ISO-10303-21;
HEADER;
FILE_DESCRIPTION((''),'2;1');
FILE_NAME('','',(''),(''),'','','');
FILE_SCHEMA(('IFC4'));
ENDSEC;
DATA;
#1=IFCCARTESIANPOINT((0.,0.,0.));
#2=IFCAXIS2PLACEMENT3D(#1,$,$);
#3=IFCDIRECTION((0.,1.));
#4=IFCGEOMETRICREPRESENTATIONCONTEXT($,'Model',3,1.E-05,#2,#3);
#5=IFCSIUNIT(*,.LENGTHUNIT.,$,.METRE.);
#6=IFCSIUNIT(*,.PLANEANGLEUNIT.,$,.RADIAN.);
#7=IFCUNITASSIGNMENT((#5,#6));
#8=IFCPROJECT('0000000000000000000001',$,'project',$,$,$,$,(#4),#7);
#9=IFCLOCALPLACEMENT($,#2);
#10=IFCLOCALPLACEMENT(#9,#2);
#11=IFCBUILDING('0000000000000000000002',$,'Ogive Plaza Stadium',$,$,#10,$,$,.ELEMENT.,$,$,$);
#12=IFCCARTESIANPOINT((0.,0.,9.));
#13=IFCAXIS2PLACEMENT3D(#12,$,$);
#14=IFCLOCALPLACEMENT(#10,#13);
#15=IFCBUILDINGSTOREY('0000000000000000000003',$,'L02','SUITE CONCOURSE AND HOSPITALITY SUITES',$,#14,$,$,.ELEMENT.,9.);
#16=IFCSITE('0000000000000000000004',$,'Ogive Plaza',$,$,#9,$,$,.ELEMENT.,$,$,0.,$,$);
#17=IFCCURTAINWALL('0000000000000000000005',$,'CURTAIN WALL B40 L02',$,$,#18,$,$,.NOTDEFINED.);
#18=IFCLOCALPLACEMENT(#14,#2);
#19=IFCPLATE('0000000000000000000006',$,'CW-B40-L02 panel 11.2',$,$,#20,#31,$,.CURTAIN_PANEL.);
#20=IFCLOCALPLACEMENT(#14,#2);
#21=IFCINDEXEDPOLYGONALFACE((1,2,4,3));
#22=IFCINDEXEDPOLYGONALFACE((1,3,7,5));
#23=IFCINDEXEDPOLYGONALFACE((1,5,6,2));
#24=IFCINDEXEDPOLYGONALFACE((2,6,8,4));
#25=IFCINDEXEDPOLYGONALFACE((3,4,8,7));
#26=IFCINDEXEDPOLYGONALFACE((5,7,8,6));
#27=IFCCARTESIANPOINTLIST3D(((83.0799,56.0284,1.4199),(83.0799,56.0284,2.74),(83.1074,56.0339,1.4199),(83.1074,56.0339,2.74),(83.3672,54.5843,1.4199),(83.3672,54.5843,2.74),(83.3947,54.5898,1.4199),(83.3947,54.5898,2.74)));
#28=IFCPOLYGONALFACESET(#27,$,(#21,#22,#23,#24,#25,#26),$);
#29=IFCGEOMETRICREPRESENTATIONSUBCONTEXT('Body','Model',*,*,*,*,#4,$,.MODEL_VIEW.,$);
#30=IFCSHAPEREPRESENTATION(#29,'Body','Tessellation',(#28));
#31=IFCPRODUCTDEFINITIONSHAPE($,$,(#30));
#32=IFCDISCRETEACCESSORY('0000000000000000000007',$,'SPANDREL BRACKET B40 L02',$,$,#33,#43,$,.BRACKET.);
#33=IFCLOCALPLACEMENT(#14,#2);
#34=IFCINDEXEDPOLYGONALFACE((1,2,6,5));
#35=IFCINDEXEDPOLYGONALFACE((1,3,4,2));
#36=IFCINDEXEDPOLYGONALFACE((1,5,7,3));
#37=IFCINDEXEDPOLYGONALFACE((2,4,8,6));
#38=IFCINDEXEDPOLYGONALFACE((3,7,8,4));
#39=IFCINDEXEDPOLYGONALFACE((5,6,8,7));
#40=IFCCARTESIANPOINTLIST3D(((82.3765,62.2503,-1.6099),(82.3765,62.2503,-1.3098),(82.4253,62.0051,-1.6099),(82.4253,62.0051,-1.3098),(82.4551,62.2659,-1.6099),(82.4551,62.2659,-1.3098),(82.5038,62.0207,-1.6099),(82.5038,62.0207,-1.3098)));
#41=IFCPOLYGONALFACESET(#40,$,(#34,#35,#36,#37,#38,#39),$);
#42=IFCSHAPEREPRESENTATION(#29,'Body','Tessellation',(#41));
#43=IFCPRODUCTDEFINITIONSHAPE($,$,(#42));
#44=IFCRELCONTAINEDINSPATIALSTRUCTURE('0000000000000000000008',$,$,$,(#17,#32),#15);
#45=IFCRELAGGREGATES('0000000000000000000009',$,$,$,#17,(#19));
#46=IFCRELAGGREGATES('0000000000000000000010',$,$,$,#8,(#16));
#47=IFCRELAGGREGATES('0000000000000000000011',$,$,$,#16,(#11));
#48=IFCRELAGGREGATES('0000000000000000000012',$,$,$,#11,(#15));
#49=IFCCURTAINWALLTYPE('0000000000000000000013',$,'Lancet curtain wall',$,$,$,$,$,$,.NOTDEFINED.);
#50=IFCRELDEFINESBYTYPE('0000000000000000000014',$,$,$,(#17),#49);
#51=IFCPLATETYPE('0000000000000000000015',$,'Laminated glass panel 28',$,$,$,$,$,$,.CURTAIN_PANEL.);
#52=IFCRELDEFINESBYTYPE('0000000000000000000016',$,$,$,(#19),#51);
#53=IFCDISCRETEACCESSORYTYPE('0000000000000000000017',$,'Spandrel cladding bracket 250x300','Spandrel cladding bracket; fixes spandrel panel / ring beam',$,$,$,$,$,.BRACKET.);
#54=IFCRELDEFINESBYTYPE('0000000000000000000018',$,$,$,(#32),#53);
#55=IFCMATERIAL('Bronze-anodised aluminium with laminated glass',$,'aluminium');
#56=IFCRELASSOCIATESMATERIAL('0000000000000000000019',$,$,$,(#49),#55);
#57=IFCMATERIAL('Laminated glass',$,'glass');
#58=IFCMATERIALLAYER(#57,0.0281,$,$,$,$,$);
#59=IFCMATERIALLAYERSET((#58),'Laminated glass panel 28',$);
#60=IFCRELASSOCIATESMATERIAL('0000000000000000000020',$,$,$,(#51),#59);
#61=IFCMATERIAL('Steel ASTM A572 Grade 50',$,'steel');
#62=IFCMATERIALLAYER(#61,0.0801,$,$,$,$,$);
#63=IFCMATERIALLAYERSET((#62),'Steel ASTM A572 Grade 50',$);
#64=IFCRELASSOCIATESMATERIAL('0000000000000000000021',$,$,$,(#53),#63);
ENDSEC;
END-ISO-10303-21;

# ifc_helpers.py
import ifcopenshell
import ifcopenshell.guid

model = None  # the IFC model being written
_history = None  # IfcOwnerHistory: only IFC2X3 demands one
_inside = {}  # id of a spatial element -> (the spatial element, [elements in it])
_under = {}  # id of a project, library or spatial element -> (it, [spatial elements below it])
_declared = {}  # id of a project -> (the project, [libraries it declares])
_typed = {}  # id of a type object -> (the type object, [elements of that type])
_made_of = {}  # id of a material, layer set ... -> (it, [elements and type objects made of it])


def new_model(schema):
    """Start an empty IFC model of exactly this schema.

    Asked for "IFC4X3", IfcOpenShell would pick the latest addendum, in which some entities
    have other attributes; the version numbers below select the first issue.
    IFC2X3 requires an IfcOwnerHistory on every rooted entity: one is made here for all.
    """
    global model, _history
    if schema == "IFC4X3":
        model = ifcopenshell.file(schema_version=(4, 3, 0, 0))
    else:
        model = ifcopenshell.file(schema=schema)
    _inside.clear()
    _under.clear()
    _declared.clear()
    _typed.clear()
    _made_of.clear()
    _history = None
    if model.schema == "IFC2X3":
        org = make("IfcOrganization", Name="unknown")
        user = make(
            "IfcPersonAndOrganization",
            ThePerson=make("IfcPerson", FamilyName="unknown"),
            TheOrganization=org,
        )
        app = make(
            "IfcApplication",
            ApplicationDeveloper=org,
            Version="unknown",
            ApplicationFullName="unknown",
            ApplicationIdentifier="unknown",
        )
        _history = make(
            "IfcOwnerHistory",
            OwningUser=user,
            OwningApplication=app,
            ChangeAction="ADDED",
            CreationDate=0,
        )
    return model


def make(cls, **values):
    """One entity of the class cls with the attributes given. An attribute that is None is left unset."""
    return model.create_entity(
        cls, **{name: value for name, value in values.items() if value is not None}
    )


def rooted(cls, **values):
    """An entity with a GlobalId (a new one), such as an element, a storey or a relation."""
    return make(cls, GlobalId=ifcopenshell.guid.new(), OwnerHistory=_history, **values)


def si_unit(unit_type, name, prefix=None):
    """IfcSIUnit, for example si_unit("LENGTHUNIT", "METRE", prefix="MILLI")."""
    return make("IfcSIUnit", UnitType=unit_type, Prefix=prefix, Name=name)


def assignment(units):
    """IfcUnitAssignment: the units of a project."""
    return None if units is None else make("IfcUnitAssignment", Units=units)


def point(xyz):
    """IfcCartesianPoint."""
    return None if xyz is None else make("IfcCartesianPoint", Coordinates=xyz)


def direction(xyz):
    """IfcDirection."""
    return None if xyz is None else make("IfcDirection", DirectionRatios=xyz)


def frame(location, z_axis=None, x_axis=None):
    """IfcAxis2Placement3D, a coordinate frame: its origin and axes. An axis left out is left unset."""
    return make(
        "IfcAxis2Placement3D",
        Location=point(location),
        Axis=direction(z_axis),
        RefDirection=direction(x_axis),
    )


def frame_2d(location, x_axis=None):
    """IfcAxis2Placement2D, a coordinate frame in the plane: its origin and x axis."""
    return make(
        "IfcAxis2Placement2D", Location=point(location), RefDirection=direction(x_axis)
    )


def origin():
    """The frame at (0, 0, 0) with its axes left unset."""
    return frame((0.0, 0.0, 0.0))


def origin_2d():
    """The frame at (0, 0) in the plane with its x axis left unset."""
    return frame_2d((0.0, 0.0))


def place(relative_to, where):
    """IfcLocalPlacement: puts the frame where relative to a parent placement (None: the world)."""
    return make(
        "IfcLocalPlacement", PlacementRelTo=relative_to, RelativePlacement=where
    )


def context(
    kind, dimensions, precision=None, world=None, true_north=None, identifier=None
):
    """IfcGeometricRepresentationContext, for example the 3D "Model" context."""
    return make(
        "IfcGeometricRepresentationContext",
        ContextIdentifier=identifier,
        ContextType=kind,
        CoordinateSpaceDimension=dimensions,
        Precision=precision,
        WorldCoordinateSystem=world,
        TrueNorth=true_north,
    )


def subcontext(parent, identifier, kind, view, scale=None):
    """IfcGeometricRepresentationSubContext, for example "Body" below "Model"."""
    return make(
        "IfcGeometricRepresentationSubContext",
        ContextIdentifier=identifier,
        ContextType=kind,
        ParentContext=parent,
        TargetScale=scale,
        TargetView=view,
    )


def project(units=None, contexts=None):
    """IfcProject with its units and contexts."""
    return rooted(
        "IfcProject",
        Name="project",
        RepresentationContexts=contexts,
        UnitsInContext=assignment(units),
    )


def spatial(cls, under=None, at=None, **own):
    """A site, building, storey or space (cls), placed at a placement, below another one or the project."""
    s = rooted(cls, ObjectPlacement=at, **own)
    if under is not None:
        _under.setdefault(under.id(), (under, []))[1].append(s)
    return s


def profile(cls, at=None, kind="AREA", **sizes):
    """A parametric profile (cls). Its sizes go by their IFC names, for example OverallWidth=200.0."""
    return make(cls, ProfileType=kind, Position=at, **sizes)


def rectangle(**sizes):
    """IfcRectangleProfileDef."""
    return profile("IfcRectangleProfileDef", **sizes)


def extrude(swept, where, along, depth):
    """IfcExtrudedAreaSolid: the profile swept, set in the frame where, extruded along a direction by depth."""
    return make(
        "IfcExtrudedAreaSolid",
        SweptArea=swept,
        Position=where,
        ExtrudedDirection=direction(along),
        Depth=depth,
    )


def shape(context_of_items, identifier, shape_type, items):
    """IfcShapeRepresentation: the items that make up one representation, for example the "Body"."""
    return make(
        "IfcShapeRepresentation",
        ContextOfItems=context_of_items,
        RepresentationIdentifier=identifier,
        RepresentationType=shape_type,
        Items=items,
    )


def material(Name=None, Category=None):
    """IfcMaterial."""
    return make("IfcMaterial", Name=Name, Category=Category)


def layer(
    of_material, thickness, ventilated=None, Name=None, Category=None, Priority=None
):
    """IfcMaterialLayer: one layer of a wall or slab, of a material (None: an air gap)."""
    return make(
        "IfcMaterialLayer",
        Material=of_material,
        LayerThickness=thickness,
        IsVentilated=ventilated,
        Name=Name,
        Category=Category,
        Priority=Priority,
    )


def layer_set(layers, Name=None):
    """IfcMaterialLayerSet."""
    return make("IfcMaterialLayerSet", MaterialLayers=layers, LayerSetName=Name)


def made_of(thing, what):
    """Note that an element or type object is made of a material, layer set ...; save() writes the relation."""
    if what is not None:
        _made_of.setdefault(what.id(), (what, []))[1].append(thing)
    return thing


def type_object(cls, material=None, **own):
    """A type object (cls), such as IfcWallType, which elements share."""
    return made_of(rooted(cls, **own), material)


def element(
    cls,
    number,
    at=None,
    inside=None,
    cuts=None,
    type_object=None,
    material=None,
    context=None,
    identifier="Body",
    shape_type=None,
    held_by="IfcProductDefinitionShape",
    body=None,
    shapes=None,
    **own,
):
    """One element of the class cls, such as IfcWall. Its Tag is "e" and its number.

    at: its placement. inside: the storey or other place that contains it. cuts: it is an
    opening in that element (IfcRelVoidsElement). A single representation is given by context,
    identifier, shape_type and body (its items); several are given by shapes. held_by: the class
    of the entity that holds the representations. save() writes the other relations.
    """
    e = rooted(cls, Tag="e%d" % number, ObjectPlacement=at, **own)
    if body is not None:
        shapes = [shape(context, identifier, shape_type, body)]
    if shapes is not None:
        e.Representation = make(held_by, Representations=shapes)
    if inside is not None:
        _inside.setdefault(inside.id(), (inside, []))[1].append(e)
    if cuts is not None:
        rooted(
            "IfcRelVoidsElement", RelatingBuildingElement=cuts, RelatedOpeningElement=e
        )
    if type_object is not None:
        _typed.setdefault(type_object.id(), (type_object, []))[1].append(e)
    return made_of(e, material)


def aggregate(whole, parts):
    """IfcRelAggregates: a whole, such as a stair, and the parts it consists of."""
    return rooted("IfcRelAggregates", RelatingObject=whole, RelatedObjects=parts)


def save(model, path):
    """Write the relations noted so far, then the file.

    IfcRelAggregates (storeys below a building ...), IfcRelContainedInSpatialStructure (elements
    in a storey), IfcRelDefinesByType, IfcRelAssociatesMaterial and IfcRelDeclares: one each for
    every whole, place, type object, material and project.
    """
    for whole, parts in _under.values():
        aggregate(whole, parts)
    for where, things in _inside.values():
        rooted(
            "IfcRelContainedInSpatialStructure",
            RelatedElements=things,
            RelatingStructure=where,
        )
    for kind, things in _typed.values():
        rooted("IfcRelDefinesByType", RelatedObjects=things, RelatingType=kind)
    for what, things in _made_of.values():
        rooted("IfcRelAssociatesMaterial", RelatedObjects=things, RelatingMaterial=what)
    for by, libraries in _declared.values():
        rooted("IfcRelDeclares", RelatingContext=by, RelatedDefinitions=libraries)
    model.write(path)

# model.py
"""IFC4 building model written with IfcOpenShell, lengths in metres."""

from ifc_helpers import new_model, si_unit, direction, frame, origin, origin_2d, place, context, subcontext, project, spatial, rectangle, extrude, material, layer, layer_set, type_object, element, aggregate, save


model = new_model("IFC4")

# Units and contexts
model_context = context("Model", 3, precision=1e-05, world=origin(), true_north=direction((0.0, 1.0)))
body_context = subcontext(model_context, "Body", "Model", "MODEL_VIEW")
ifc_project = project(units=[si_unit("LENGTHUNIT", "METRE"), si_unit("PLANEANGLEUNIT", "RADIAN")], contexts=[model_context])

# Site, building, storey
site_placement = place(None, origin())
site = spatial("IfcSite", under=ifc_project, at=site_placement, Name="Ogive Plaza", CompositionType="ELEMENT", RefElevation=0.0)
building_placement = place(site_placement, origin())
building = spatial("IfcBuilding", under=site, at=building_placement, Name="Ogive Plaza Stadium", CompositionType="ELEMENT")
storey_placement = place(building_placement, frame((0.0, 0.0, 9.0)))
storey = spatial("IfcBuildingStorey", under=building, at=storey_placement, Name="L02", Description="SUITE CONCOURSE AND HOSPITALITY SUITES", CompositionType="ELEMENT", Elevation=9.0)

# Curtain wall, plate
ifc_material_1 = material(Name="Bronze-anodised aluminium with laminated glass", Category="aluminium")
curtain_wall_type = type_object("IfcCurtainWallType", Name="Lancet curtain wall", PredefinedType="NOTDEFINED", material=ifc_material_1)
curtain_wall_placement = place(storey_placement, origin())
curtain_wall = element("IfcCurtainWall", 1, at=curtain_wall_placement, inside=storey, type_object=curtain_wall_type, Name="CURTAIN WALL B40 L02", PredefinedType="NOTDEFINED")
ifc_material_2 = material(Name="Laminated glass", Category="glass")
ifc_layer_1 = layer(ifc_material_2, 0.0281)
ifc_layer_set_1 = layer_set([ifc_layer_1], Name="Laminated glass panel 28")
plate_type = type_object("IfcPlateType", Name="Laminated glass panel 28", PredefinedType="CURTAIN_PANEL", material=ifc_layer_set_1)
plate_1_placement = place(storey_placement, frame((83.2373, 55.3091, 1.4199), z_axis=(0.0, 0.0, 1.0), x_axis=(0.19509, -0.980785, 0.0)))
plate_1 = element("IfcPlate", 2, at=plate_1_placement, type_object=plate_type, Name="CW-B40-L02 panel 11.2", PredefinedType="CURTAIN_PANEL", context=body_context, shape_type="SweptSolid", body=[
    extrude(rectangle(XDim=1.4724, YDim=0.0281, at=origin_2d()), origin(), (0.0, 0.0, 1.0), 1.3201),
])
aggregate(curtain_wall, [plate_1])

# Discrete accessory
ifc_material_3 = material(Name="Steel ASTM A572 Grade 50", Category="steel")
ifc_layer_2 = layer(ifc_material_3, 0.0801)
ifc_layer_set_2 = layer_set([ifc_layer_2], Name="Steel ASTM A572 Grade 50")
discrete_accessory_type = type_object("IfcDiscreteAccessoryType", Name="Spandrel cladding bracket 250x300", Description="Spandrel cladding bracket; fixes spandrel panel / ring beam", PredefinedType="BRACKET", material=ifc_layer_set_2)
discrete_accessory_placement = place(storey_placement, frame((82.4402, 62.1355, -1.6099), z_axis=(0.0, 0.0, 1.0), x_axis=(0.19509, -0.980785, 0.0)))
element("IfcDiscreteAccessory", 3, at=discrete_accessory_placement, inside=storey, type_object=discrete_accessory_type, Name="SPANDREL BRACKET B40 L02", PredefinedType="BRACKET", context=body_context, shape_type="SweptSolid", body=[
    extrude(rectangle(XDim=0.25, YDim=0.0801, at=origin_2d()), origin(), (0.0, 0.0, 1.0), 0.3),
])

save(model, "model.ifc")
